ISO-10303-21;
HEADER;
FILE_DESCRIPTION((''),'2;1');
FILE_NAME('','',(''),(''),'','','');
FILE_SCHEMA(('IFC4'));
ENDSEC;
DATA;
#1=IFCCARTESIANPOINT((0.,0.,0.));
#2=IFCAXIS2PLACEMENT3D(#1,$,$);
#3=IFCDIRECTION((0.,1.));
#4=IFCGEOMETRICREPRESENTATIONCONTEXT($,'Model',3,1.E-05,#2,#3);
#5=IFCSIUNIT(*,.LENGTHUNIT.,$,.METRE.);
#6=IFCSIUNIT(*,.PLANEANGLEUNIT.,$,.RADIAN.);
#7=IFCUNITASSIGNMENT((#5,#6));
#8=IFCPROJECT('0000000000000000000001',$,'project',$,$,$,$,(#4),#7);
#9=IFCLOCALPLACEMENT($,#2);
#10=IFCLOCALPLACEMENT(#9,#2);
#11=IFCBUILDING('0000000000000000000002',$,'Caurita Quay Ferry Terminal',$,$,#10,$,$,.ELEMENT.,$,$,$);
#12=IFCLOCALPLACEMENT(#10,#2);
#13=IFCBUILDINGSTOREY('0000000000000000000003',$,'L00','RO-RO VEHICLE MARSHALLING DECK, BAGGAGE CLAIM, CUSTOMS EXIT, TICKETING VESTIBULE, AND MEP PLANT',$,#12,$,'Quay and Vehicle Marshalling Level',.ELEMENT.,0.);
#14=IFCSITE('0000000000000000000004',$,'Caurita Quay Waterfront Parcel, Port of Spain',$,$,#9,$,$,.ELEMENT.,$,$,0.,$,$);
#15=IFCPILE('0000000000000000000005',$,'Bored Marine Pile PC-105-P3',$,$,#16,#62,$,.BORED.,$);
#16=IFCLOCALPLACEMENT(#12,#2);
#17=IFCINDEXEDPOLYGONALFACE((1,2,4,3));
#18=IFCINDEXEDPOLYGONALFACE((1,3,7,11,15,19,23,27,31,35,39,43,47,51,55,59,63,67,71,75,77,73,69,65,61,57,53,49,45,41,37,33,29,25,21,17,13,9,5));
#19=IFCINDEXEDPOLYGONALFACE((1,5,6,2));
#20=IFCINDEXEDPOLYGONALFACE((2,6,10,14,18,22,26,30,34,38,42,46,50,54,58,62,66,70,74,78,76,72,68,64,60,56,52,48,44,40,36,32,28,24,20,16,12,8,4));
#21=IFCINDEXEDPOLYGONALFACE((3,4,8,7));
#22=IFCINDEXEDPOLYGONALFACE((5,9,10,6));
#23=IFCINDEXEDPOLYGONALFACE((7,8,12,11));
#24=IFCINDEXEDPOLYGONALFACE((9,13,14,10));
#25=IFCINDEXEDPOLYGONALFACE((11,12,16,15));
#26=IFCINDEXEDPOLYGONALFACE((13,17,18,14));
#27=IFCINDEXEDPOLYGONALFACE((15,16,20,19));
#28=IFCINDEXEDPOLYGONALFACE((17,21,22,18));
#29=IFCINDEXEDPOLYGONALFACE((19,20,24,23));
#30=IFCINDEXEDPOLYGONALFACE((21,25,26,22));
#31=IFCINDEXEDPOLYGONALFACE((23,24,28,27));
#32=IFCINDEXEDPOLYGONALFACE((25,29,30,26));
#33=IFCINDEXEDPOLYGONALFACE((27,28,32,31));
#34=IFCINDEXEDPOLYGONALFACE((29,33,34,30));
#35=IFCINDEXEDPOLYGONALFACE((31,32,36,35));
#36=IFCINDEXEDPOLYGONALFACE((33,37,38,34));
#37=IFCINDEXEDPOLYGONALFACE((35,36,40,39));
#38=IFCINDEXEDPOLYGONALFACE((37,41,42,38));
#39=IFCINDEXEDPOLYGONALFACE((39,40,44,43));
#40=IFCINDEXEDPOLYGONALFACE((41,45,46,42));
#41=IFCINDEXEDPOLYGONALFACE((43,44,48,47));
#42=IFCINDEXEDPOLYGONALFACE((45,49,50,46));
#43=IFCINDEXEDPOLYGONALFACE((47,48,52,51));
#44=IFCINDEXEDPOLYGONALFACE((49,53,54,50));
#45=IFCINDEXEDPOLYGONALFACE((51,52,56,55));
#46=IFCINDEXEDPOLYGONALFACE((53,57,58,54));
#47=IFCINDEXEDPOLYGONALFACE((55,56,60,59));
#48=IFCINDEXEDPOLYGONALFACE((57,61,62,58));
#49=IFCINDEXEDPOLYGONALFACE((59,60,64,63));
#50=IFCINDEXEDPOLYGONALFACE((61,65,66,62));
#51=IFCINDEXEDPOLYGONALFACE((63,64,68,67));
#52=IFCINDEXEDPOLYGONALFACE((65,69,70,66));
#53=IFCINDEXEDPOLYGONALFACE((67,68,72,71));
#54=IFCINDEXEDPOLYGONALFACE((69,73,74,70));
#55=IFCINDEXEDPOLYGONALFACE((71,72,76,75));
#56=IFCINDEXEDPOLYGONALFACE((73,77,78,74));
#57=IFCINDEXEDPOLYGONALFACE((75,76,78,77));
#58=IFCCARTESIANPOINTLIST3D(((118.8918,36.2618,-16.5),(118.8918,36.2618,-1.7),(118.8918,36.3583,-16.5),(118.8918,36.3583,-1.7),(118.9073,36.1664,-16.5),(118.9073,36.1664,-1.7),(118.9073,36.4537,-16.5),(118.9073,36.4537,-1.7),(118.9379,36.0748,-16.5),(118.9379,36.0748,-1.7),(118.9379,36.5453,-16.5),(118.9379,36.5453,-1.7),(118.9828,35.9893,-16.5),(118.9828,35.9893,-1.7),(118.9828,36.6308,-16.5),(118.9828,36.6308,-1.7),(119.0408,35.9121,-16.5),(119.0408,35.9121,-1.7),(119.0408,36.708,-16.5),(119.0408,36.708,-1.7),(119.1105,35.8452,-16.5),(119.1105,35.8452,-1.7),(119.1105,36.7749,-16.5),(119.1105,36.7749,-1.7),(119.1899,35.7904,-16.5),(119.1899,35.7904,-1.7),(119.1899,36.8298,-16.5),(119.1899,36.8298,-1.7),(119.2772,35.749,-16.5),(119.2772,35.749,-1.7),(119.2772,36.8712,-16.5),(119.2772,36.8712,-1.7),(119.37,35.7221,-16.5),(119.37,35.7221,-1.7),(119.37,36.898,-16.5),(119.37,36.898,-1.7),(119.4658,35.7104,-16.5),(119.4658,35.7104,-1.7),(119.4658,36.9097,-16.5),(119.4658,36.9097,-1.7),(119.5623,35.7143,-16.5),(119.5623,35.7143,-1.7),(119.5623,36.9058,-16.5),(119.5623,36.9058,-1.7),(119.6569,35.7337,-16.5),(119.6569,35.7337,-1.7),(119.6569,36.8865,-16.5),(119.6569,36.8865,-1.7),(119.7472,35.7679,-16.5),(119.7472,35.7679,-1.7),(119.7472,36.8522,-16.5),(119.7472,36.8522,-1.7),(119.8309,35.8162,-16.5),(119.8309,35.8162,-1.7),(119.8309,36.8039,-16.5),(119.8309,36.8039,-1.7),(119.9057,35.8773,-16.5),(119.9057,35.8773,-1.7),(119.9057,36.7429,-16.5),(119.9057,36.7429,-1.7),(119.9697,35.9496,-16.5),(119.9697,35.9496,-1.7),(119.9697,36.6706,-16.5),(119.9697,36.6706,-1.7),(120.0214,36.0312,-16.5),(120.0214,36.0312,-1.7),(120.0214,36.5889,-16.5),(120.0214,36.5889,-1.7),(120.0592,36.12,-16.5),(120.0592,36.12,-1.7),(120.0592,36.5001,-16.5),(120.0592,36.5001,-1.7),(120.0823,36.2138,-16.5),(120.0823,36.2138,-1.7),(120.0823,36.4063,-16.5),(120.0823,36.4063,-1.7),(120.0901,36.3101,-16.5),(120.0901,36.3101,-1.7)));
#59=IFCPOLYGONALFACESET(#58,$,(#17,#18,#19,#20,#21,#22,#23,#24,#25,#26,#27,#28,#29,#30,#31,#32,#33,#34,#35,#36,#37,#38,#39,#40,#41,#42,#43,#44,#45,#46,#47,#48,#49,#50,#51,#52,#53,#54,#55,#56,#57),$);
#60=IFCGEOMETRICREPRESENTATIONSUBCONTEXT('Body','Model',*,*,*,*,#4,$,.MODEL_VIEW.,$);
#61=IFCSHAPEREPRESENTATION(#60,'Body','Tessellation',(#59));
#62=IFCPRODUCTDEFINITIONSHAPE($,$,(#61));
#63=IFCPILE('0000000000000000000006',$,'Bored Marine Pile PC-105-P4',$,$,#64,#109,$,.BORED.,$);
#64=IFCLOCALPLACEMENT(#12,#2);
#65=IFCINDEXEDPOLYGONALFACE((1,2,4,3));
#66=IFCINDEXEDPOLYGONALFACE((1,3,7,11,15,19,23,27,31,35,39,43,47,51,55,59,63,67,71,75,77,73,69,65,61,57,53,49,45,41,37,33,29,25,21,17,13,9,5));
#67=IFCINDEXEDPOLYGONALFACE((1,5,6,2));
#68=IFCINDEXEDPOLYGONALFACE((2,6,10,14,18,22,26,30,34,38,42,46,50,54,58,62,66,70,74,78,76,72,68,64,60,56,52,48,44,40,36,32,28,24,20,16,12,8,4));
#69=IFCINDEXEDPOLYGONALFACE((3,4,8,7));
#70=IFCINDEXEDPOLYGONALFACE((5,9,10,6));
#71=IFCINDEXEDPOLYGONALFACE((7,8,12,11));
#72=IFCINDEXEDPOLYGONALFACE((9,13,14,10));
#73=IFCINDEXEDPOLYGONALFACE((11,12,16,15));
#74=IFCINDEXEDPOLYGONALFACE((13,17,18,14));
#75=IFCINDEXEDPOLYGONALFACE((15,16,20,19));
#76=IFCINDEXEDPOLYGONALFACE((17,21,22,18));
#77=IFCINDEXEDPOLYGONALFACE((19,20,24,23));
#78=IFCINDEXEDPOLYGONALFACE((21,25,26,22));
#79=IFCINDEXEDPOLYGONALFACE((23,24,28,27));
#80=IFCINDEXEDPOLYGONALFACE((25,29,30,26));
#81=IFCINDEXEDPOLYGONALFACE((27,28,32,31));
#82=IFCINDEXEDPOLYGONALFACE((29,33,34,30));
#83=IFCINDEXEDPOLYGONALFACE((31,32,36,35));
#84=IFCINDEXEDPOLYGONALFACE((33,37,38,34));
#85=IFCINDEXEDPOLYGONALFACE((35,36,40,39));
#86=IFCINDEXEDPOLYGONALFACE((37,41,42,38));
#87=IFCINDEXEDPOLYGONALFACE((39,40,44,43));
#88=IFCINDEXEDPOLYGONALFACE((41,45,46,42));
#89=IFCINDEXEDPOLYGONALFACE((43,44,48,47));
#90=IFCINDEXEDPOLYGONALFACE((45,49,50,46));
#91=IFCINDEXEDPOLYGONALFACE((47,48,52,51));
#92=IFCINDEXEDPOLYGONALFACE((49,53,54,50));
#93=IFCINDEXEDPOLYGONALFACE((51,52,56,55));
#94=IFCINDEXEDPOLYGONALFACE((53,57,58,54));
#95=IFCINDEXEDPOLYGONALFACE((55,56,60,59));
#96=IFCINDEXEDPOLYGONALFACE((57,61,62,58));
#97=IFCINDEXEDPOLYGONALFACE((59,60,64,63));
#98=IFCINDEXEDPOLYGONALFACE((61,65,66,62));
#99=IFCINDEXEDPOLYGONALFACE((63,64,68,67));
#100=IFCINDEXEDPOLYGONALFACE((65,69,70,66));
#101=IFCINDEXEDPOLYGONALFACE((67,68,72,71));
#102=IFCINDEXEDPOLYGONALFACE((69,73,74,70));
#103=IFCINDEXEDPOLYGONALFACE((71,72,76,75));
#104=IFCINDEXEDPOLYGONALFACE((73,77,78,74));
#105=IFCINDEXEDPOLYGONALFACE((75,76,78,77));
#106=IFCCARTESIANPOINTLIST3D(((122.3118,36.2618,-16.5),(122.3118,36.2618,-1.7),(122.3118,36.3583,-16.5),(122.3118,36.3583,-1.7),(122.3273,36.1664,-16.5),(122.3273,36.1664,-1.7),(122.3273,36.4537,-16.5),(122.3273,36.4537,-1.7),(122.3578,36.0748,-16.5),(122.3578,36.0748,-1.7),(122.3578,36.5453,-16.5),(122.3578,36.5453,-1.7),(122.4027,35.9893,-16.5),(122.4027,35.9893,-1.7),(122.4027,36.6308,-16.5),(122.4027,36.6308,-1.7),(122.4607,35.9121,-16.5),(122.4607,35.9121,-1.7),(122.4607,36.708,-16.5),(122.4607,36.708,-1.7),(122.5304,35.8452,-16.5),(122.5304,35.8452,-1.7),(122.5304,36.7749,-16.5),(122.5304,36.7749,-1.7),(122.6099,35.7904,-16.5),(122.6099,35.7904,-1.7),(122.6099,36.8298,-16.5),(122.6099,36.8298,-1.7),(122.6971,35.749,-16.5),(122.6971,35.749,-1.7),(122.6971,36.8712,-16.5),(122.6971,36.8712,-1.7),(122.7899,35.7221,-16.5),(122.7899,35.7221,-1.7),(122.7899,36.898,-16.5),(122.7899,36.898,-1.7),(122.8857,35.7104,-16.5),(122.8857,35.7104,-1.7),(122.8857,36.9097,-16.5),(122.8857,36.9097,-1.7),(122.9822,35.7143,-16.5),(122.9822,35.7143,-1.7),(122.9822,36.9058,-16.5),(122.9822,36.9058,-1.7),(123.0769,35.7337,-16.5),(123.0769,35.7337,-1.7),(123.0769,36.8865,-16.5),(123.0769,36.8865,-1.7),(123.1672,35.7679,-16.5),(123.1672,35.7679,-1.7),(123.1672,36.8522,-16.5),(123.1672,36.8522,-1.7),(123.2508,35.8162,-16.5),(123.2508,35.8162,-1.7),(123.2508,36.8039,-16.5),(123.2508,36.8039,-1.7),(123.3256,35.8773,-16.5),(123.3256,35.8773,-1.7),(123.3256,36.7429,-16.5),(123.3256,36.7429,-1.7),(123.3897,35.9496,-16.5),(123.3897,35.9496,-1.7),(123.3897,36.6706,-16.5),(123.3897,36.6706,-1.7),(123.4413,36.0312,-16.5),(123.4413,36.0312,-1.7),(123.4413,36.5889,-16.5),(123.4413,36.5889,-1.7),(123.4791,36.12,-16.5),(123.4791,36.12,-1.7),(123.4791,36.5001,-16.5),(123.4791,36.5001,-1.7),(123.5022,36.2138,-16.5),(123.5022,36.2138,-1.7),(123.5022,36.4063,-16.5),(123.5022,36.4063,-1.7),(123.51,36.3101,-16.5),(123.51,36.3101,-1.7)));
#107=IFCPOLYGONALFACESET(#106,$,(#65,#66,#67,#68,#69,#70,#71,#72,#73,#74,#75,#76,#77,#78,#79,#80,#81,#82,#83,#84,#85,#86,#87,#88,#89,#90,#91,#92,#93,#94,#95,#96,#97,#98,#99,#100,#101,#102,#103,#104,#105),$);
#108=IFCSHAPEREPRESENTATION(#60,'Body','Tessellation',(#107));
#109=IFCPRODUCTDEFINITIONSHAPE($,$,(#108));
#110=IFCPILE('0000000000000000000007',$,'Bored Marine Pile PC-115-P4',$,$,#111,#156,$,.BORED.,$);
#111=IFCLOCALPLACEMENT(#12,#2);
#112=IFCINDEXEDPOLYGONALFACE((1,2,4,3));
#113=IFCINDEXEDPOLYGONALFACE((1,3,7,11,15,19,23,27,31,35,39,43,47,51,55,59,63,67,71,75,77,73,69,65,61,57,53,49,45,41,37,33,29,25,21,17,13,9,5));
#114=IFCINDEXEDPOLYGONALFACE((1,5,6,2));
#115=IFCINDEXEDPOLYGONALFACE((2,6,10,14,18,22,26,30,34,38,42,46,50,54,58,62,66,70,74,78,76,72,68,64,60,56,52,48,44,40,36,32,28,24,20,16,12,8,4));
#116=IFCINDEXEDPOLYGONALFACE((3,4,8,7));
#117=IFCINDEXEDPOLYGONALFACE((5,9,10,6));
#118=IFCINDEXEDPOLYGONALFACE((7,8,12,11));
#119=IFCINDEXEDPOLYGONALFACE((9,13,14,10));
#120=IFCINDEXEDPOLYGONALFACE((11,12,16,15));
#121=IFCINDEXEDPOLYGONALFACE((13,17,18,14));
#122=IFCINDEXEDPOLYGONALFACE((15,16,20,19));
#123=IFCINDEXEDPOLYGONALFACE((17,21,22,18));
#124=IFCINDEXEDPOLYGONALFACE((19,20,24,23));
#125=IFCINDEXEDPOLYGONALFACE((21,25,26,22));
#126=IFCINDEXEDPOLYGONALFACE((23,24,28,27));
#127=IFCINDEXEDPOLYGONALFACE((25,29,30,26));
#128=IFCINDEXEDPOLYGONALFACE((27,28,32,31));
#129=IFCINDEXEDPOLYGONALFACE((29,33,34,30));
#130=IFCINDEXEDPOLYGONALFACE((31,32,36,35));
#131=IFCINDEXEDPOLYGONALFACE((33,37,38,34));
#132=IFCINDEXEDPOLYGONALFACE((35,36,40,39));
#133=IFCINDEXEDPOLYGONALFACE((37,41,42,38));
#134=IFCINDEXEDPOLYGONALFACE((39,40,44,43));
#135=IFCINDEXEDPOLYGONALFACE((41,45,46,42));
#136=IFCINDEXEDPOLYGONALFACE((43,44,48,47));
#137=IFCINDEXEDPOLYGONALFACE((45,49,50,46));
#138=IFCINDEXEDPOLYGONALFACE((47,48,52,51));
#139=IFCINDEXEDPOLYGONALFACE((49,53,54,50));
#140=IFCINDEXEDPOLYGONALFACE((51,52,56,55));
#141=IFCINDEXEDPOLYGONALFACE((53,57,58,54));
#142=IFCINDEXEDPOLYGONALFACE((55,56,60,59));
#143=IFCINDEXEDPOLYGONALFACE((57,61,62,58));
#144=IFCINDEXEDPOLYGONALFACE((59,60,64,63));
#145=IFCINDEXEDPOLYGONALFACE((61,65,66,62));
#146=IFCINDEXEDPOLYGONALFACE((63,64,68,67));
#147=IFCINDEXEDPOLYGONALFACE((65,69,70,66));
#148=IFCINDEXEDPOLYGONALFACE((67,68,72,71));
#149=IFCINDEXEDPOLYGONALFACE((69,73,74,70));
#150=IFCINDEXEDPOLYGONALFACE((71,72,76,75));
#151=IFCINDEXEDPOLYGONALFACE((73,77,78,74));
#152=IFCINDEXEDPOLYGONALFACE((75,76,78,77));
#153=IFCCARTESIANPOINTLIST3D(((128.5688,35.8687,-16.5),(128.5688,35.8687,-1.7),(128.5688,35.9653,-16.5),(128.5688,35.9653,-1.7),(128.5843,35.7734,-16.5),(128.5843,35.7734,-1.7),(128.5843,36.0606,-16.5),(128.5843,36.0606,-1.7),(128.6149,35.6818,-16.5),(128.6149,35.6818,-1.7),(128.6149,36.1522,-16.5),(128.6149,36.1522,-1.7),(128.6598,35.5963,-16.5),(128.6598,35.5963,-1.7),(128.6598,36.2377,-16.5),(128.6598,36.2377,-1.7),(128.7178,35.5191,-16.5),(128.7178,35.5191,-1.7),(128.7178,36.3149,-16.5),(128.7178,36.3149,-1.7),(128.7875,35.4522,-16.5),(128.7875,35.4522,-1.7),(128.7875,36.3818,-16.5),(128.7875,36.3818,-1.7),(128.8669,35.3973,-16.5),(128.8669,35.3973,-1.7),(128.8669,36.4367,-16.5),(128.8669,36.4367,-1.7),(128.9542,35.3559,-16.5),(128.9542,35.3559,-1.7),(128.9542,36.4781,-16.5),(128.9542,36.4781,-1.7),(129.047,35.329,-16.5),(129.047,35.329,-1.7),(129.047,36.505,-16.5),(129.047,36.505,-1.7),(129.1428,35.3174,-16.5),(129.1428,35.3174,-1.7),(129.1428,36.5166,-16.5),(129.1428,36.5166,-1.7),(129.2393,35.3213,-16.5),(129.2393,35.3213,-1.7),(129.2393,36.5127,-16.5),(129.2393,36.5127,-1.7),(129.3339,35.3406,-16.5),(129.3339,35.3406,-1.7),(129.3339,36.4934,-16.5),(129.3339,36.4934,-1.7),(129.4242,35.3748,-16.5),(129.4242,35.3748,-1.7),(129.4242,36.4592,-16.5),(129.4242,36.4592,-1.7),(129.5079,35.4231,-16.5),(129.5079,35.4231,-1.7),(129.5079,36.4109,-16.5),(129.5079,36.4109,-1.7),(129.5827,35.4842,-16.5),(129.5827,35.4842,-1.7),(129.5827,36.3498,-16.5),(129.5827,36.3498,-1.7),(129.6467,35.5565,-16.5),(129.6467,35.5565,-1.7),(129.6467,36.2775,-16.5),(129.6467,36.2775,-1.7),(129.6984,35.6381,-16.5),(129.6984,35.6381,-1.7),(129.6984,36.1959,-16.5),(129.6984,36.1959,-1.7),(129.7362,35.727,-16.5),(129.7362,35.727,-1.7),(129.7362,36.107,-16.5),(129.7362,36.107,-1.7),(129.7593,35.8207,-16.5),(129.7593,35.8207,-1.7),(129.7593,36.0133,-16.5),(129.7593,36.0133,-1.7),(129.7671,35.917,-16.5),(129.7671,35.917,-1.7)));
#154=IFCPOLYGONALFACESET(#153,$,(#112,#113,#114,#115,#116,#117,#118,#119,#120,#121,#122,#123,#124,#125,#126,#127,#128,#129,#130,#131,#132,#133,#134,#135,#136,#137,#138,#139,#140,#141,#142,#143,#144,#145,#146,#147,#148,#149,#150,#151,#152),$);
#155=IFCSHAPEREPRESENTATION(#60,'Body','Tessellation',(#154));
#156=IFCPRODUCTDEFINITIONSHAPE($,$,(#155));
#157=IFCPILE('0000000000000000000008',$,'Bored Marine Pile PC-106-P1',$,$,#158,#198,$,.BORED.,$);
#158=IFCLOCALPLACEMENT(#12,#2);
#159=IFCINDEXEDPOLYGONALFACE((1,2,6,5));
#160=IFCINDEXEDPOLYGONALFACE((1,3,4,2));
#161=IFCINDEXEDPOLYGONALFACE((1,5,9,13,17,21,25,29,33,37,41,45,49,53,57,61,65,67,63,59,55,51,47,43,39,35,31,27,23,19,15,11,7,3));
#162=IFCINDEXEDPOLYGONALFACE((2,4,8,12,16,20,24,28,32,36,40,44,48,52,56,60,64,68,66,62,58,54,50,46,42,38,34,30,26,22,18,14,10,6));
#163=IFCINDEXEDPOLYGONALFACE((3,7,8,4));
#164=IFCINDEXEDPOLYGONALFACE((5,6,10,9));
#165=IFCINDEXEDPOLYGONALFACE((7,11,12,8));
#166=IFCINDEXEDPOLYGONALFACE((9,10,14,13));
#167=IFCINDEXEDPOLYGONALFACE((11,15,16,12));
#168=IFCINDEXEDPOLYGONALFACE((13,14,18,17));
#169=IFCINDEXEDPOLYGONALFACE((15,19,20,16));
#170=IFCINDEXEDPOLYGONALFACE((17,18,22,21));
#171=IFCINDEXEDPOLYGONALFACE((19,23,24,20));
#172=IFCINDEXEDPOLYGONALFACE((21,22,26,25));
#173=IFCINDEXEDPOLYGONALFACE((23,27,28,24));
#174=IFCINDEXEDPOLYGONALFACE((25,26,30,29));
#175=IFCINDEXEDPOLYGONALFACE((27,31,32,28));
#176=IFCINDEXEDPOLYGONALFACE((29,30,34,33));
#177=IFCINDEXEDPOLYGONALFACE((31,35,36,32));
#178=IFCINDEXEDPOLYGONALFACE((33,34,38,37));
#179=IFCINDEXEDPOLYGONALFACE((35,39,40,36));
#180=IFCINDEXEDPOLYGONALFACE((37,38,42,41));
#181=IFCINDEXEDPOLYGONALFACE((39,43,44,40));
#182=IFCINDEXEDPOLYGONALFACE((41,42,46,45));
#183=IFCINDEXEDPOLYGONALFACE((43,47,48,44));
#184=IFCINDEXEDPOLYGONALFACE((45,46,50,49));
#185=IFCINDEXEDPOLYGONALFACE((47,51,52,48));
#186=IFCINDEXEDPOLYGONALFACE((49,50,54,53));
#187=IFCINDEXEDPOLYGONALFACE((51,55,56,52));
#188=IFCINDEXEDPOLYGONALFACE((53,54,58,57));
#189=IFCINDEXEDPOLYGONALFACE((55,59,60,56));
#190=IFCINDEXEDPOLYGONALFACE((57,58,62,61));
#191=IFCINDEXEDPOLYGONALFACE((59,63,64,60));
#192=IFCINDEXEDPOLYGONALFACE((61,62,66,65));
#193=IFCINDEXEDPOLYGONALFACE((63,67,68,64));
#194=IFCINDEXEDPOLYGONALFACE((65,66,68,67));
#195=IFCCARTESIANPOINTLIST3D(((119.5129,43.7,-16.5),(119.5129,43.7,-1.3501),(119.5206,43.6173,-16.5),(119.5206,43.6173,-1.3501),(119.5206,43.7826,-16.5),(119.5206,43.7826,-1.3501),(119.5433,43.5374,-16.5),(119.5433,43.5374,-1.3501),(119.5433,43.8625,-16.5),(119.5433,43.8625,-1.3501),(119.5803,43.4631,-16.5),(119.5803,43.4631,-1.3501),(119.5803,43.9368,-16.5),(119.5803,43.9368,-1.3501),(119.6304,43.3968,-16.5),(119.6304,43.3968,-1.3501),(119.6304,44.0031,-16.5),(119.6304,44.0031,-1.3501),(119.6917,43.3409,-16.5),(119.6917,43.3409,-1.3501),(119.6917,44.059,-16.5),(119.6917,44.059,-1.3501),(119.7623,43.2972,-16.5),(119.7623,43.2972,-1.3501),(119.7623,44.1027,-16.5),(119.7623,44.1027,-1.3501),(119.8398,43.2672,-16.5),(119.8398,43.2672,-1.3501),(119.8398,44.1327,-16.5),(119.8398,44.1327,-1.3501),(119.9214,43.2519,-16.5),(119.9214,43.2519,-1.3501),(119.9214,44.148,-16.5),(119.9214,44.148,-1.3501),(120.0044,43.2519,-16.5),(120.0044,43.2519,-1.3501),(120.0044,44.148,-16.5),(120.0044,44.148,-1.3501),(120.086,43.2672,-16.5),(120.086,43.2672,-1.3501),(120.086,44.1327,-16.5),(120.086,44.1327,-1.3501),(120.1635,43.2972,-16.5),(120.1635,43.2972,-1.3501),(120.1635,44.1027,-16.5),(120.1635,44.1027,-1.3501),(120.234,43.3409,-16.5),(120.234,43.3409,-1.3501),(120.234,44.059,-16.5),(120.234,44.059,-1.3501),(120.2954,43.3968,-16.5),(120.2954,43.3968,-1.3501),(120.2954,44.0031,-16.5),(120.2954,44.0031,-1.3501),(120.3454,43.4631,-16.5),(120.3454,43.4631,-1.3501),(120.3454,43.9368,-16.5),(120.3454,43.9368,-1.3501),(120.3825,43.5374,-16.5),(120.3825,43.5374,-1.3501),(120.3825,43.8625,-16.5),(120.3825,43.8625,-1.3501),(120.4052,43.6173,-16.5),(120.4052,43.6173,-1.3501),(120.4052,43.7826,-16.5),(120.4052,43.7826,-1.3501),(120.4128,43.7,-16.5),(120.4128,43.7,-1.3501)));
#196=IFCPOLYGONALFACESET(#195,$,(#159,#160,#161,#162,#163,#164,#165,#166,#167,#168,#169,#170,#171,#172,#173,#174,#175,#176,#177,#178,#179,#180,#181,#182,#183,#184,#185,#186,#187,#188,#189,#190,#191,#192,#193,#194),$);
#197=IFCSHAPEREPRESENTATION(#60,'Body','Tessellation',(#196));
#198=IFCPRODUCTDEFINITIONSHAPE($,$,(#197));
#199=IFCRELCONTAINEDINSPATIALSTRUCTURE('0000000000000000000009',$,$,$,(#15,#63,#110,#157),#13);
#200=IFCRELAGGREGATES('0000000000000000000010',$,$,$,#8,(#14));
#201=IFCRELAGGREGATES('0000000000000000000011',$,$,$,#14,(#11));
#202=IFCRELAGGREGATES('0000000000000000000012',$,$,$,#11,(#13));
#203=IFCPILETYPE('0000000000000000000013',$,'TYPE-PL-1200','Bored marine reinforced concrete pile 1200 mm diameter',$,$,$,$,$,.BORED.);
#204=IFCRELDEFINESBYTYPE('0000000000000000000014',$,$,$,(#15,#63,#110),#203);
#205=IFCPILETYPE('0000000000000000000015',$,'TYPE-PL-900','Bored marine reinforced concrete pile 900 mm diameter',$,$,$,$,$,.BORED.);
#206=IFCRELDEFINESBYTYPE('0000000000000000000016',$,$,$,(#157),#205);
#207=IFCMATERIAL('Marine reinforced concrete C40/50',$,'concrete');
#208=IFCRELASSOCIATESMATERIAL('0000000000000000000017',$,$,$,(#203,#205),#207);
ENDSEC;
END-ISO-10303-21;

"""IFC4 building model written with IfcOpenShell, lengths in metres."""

from ifc_helpers import new_model, si_unit, direction, frame, origin, origin_2d, place, context, subcontext, project, spatial, circle, extrude, material, material_profile, profile_set, type_object, element, save


model = new_model("IFC4")

# Units and contexts
model_context = context("Model", 3, precision=1e-05, world=origin(), true_north=direction((0.0, 1.0)))
body_context = subcontext(model_context, "Body", "Model", "MODEL_VIEW")
ifc_project = project(units=[si_unit("LENGTHUNIT", "METRE"), si_unit("PLANEANGLEUNIT", "RADIAN")], contexts=[model_context])

# Site, building, storey
site_placement = place(None, origin())
site = spatial("IfcSite", under=ifc_project, at=site_placement, Name="Caurita Quay Waterfront Parcel, Port of Spain", CompositionType="ELEMENT", RefElevation=0.0)
building_placement = place(site_placement, origin())
building = spatial("IfcBuilding", under=site, at=building_placement, Name="Caurita Quay Ferry Terminal", CompositionType="ELEMENT")
storey_placement = place(building_placement, origin())
storey = spatial("IfcBuildingStorey", under=building, at=storey_placement, Name="L00", Description="RO-RO VEHICLE MARSHALLING DECK, BAGGAGE CLAIM, CUSTOMS EXIT, TICKETING VESTIBULE, AND MEP PLANT", LongName="Quay and Vehicle Marshalling Level", CompositionType="ELEMENT", Elevation=0.0)

# Piles
ifc_material_1 = material(Name="Marine reinforced concrete C40/50", Category="concrete")
ifc_material_profile_1 = material_profile(ifc_material_1, circle(Radius=0.6001, at=origin_2d()), Name="PILE-D1200")
ifc_profile_set_1 = profile_set([ifc_material_profile_1], Name="Marine reinforced concrete C40/50")
pile_type_1 = type_object("IfcPileType", Name="TYPE-PL-1200", Description="Bored marine reinforced concrete pile 1200 mm diameter", PredefinedType="BORED", material=ifc_profile_set_1)
for number, where, z_axis, x_axis, name in (
    (1, (119.49, 36.3101, -1.7), (0.0, 0.0, -1.0), (1.0, 0.0, 0.0), "Bored Marine Pile PC-105-P3"),
    (2, (122.9099, 36.3101, -1.7), (0.0, 0.0, -1.0), (1.0, 0.0, 0.0), "Bored Marine Pile PC-105-P4"),
    (3, (129.167, 35.917, -1.7), (0.0, 0.0, -1.0), (1.0, 0.0, 0.0), "Bored Marine Pile PC-115-P4"),
):
    element("IfcPile", number, at=place(storey_placement, frame(where, z_axis=z_axis, x_axis=x_axis)), inside=storey, type_object=pile_type_1, Name=name, PredefinedType="BORED", context=body_context, shape_type="SweptSolid", body=[
        extrude(circle(Radius=0.6001, at=origin_2d()), origin(), (0.0, 0.0, 1.0), 14.8),
    ])
ifc_material_profile_2 = material_profile(ifc_material_1, circle(Radius=0.45, at=origin_2d()), Name="PILE-D900")
ifc_profile_set_2 = profile_set([ifc_material_profile_2], Name="Marine reinforced concrete C40/50")
pile_type_2 = type_object("IfcPileType", Name="TYPE-PL-900", Description="Bored marine reinforced concrete pile 900 mm diameter", PredefinedType="BORED", material=ifc_profile_set_2)
for number, where, z_axis, x_axis, name in (
    (4, (119.9629, 43.7, -1.3501), (0.0, 0.0, -1.0), (1.0, 0.0, 0.0), "Bored Marine Pile PC-106-P1"),
):
    element("IfcPile", number, at=place(storey_placement, frame(where, z_axis=z_axis, x_axis=x_axis)), inside=storey, type_object=pile_type_2, Name=name, PredefinedType="BORED", context=body_context, shape_type="SweptSolid", body=[
        extrude(circle(Radius=0.45, at=origin_2d()), origin(), (0.0, 0.0, 1.0), 15.1499),
    ])

save(model, "model.ifc")
